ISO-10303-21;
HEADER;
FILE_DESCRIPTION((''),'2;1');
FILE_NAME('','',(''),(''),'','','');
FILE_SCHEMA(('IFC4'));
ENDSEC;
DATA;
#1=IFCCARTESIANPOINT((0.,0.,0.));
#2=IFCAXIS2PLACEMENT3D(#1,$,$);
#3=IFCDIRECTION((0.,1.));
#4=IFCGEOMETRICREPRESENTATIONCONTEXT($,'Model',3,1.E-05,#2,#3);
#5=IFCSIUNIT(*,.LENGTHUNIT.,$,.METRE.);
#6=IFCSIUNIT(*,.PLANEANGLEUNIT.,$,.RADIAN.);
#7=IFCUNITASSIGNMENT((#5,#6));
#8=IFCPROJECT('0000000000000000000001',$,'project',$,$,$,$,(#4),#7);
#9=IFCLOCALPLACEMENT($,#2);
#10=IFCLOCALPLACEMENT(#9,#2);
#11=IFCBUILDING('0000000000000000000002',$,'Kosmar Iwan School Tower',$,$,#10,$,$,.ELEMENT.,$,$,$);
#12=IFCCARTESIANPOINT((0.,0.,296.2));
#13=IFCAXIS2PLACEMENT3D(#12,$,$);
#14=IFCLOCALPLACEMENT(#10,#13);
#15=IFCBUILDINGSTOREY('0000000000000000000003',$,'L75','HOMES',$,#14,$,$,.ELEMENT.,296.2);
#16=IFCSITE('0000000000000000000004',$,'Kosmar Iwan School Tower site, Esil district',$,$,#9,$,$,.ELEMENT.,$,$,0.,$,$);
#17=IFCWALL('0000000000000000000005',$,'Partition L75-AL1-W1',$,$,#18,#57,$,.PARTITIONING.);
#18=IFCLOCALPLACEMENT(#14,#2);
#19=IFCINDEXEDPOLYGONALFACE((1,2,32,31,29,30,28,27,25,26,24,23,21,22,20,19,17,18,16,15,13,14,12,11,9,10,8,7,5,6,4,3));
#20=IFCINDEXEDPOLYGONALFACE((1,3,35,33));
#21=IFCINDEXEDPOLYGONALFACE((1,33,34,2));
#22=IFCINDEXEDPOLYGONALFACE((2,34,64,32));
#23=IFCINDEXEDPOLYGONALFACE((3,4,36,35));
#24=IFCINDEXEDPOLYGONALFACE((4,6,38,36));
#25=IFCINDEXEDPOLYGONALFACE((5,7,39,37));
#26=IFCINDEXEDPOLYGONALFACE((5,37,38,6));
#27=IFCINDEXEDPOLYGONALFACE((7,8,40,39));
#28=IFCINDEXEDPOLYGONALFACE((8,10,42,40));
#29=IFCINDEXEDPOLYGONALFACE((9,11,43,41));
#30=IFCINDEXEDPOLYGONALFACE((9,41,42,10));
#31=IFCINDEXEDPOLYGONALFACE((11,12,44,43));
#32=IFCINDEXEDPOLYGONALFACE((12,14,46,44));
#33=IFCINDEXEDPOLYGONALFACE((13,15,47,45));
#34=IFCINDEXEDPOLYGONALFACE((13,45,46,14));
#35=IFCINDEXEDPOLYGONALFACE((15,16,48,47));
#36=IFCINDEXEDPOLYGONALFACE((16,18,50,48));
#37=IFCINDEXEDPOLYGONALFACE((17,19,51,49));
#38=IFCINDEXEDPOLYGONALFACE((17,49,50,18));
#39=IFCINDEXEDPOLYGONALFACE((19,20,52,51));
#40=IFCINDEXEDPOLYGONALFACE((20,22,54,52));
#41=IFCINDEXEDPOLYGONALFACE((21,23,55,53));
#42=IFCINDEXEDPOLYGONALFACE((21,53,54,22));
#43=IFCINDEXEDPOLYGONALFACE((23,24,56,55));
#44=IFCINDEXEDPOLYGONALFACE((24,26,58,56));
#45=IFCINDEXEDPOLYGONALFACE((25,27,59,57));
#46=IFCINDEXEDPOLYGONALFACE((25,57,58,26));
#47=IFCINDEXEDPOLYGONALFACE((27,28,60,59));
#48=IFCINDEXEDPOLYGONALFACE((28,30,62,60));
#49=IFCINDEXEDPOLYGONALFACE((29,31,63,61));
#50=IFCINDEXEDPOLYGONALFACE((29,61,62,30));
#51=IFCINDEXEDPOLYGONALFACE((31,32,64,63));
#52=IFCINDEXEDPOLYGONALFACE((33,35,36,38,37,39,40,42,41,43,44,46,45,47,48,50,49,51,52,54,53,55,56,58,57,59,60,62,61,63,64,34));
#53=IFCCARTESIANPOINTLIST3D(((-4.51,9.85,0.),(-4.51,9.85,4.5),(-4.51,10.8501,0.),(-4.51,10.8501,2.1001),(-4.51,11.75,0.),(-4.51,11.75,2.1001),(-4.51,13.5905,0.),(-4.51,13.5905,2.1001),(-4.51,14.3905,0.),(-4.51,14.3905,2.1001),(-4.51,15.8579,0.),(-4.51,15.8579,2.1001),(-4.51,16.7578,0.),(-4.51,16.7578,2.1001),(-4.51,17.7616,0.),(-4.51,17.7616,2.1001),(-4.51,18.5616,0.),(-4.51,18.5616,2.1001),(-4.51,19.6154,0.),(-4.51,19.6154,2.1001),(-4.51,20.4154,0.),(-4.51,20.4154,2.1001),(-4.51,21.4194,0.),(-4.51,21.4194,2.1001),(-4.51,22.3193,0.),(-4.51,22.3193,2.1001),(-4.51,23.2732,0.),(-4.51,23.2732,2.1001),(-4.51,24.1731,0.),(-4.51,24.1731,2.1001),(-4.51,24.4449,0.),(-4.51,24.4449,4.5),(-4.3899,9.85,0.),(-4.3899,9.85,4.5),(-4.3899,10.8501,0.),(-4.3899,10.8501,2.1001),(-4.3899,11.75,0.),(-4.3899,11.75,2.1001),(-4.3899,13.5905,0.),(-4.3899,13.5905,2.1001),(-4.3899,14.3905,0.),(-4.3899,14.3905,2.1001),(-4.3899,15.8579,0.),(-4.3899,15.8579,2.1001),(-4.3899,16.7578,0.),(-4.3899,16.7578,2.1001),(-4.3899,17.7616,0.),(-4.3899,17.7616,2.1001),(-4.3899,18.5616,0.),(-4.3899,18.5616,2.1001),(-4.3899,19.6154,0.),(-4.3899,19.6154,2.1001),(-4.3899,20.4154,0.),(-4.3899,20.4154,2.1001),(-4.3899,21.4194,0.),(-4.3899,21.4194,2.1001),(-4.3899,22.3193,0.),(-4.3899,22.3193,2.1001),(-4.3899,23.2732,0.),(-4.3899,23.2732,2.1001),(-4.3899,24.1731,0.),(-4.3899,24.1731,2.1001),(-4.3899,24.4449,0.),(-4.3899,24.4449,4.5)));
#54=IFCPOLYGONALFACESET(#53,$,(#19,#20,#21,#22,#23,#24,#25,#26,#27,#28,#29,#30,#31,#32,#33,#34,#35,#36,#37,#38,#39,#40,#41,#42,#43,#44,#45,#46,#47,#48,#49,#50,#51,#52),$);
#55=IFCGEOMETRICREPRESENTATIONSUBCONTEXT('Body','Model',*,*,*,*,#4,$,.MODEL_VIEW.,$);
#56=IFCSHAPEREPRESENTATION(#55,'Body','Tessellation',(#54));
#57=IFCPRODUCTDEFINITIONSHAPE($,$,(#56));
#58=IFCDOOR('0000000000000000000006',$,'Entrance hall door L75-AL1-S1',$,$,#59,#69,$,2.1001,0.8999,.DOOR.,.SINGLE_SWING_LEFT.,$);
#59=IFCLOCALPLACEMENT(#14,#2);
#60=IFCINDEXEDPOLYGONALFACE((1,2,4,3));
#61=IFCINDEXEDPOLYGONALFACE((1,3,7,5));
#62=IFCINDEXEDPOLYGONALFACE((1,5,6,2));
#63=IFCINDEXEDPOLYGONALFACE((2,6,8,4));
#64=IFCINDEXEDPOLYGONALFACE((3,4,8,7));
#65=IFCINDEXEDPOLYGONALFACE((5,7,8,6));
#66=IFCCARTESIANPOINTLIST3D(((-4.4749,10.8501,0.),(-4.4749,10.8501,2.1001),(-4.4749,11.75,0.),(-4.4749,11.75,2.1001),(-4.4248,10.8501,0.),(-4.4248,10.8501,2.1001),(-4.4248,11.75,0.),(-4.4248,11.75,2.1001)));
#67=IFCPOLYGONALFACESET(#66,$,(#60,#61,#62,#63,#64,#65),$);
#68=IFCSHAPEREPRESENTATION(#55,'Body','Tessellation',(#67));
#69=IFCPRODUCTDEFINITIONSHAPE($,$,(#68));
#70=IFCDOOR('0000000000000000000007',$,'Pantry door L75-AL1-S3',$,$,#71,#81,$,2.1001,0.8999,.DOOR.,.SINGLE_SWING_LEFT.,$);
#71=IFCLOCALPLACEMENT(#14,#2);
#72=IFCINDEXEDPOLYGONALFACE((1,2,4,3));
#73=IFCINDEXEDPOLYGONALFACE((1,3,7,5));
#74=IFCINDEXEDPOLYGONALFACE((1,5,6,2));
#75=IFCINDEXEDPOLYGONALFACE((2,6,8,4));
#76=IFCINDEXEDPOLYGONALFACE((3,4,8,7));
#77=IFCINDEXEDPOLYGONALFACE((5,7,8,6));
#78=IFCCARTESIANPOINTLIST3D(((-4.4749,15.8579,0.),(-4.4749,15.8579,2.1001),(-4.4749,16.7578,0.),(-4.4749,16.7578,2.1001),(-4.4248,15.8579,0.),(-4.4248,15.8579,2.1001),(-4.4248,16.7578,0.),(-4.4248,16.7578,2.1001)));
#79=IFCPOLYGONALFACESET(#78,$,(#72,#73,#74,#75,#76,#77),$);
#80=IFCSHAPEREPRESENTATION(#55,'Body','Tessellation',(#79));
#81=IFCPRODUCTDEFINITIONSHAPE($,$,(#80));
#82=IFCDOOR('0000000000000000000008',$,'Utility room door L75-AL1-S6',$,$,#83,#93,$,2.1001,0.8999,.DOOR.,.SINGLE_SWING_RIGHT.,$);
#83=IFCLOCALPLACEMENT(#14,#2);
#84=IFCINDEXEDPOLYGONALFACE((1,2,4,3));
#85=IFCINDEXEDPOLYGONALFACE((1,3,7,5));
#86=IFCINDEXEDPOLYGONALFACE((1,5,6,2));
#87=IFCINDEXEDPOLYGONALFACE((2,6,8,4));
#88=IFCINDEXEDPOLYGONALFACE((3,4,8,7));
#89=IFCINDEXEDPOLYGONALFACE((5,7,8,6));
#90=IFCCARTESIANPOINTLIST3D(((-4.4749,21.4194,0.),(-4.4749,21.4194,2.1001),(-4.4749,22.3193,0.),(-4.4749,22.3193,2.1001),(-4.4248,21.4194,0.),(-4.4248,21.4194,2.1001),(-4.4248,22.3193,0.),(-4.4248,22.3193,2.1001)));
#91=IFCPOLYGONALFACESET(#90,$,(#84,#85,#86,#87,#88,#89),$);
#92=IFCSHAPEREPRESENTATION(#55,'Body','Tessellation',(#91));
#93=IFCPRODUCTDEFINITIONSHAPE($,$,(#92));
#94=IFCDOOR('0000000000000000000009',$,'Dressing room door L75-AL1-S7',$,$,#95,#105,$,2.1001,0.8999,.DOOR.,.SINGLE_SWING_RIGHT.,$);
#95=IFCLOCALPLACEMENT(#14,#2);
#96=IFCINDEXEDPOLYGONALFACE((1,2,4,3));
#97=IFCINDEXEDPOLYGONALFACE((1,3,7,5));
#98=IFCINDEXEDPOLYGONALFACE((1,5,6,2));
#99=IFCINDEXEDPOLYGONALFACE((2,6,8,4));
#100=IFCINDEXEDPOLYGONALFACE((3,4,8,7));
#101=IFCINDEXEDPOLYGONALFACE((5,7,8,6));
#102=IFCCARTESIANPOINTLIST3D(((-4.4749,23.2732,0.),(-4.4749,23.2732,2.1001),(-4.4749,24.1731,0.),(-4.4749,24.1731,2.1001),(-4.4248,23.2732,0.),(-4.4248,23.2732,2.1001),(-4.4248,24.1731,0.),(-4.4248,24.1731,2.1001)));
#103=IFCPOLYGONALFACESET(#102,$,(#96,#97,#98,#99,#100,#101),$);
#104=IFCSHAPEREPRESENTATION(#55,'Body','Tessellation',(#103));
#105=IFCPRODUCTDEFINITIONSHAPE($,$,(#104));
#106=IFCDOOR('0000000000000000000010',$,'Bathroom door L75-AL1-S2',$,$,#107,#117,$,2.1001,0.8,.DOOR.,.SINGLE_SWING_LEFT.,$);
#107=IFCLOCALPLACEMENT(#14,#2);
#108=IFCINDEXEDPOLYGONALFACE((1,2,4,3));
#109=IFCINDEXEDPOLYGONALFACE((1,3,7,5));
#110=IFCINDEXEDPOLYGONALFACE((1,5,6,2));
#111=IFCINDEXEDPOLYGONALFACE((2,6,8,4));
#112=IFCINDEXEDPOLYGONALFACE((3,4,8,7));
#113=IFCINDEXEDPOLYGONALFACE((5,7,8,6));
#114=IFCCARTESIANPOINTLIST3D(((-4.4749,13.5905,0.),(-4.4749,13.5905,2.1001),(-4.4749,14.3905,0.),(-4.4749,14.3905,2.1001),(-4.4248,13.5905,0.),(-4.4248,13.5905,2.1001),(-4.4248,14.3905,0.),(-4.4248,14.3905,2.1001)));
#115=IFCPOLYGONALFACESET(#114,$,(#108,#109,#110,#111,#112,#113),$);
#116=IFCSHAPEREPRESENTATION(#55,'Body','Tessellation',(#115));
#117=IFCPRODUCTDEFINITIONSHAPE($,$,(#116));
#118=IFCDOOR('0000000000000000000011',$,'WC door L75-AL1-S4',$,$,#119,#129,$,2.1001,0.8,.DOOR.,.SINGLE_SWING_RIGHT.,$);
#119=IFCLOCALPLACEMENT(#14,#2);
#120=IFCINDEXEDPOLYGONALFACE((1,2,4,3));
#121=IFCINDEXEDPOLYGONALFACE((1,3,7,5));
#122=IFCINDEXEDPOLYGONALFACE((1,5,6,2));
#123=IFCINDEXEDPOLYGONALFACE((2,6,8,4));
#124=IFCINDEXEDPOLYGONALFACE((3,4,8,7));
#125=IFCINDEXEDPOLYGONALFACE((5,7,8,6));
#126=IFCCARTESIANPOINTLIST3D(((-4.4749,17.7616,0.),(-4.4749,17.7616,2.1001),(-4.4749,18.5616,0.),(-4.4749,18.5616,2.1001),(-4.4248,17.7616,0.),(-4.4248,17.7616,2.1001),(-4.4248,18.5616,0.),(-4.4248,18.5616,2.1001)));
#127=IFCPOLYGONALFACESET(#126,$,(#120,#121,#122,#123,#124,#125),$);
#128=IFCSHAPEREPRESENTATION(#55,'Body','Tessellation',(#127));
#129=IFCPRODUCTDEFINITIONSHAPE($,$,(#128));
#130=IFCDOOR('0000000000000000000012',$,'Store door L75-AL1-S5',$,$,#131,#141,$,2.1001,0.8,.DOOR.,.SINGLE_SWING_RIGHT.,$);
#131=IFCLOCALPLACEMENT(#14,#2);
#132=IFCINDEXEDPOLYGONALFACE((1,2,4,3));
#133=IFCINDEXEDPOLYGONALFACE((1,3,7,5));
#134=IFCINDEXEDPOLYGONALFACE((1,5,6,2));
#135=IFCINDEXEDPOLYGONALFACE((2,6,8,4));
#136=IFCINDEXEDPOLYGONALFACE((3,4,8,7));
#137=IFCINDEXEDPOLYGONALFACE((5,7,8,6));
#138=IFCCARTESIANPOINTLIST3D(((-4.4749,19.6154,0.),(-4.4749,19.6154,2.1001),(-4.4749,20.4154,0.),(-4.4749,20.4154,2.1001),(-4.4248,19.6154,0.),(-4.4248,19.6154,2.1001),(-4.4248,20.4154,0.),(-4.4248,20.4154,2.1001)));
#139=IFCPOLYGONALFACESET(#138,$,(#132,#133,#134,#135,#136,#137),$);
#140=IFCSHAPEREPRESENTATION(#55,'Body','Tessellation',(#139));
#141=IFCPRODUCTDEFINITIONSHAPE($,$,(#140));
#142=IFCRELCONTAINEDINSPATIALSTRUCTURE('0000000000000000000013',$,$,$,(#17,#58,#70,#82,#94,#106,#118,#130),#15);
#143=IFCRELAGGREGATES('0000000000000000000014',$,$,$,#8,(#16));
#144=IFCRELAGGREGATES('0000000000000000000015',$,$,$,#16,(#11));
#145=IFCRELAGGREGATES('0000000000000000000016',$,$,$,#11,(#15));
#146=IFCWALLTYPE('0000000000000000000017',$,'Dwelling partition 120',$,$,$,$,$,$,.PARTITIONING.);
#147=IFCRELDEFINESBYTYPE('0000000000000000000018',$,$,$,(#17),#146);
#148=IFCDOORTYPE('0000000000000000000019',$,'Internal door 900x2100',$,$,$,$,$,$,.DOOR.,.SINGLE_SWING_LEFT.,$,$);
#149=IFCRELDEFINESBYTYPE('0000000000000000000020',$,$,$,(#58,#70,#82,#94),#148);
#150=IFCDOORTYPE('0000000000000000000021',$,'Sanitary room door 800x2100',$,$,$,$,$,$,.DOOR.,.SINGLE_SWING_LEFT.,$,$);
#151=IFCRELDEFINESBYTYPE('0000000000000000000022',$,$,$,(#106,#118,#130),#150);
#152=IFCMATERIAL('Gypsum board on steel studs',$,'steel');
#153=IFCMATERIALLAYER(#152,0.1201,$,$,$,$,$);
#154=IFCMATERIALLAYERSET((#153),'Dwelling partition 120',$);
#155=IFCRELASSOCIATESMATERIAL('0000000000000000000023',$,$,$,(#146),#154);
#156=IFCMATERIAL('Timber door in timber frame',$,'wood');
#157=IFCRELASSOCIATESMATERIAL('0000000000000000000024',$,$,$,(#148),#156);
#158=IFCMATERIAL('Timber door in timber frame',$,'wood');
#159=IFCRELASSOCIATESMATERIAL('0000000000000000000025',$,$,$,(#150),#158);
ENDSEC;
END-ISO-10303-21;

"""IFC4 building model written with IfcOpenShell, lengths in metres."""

from ifc_helpers import new_model, si_unit, direction, frame, frame_2d, origin, place, context, subcontext, project, spatial, rectangle, extrude, material, layer, layer_set, type_object, element, fill, save


model = new_model("IFC4")

# Units and contexts
model_context = context("Model", 3, precision=1e-05, world=origin(), true_north=direction((0.0, 1.0)))
body_context = subcontext(model_context, "Body", "Model", "MODEL_VIEW")
ifc_project = project(units=[si_unit("LENGTHUNIT", "METRE"), si_unit("PLANEANGLEUNIT", "RADIAN")], contexts=[model_context])

# Site, building, storey
site_placement = place(None, origin())
site = spatial("IfcSite", under=ifc_project, at=site_placement, Name="Kosmar Iwan School Tower site, Esil district", CompositionType="ELEMENT", RefElevation=0.0)
building_placement = place(site_placement, origin())
building = spatial("IfcBuilding", under=site, at=building_placement, Name="Kosmar Iwan School Tower", CompositionType="ELEMENT")
storey_placement = place(building_placement, frame((0.0, 0.0, 296.2)))
storey = spatial("IfcBuildingStorey", under=building, at=storey_placement, Name="L75", Description="HOMES", CompositionType="ELEMENT", Elevation=296.2)

# Wall, openings, doors
ifc_material_1 = material(Name="Gypsum board on steel studs", Category="steel")
ifc_layer_1 = layer(ifc_material_1, 0.1201)
ifc_layer_set_1 = layer_set([ifc_layer_1], Name="Dwelling partition 120")
wall_type_1 = type_object("IfcWallType", Name="Dwelling partition 120", PredefinedType="PARTITIONING", material=ifc_layer_set_1)
wall_1_placement = place(storey_placement, frame((-4.45, 9.8501, 0.0), z_axis=(0.0, 0.0, 1.0), x_axis=(0.0, 1.0, 0.0)))
wall_1 = element("IfcWall", 1, at=wall_1_placement, inside=storey, type_object=wall_type_1, Name="Partition L75-AL1-W1", PredefinedType="PARTITIONING", context=body_context, shape_type="SweptSolid", body=[
    extrude(rectangle(XDim=14.595, YDim=0.1201, at=frame_2d((7.2974, 0.0))), origin(), (0.0, 0.0, 1.0), 4.5),
])
opening_1_placement = place(wall_1_placement, frame((1.0, 0.0, 0.0)))
opening_1 = element("IfcOpeningElement", 2, at=opening_1_placement, cuts=wall_1, PredefinedType="OPENING", context=body_context, shape_type="SweptSolid", body=[
    extrude(rectangle(XDim=0.8999, YDim=2.1001, at=frame_2d((0.45, 1.05))), frame((0.0, 0.072, 0.0), z_axis=(0.0, -1.0, 0.0), x_axis=(1.0, 0.0, 0.0)), (0.0, 0.0, 1.0), 0.144),
])
opening_2_placement = place(wall_1_placement, frame((3.7405, 0.0, 0.0)))
opening_2 = element("IfcOpeningElement", 3, at=opening_2_placement, cuts=wall_1, PredefinedType="OPENING", context=body_context, shape_type="SweptSolid", body=[
    extrude(rectangle(XDim=0.8, YDim=2.1001, at=frame_2d((0.3999, 1.05))), frame((0.0, 0.072, 0.0), z_axis=(0.0, -1.0, 0.0), x_axis=(1.0, 0.0, 0.0)), (0.0, 0.0, 1.0), 0.144),
])
opening_3_placement = place(wall_1_placement, frame((6.0078, 0.0, 0.0)))
opening_3 = element("IfcOpeningElement", 4, at=opening_3_placement, cuts=wall_1, PredefinedType="OPENING", context=body_context, shape_type="SweptSolid", body=[
    extrude(rectangle(XDim=0.8999, YDim=2.1001, at=frame_2d((0.45, 1.05))), frame((0.0, 0.072, 0.0), z_axis=(0.0, -1.0, 0.0), x_axis=(1.0, 0.0, 0.0)), (0.0, 0.0, 1.0), 0.144),
])
opening_4_placement = place(wall_1_placement, frame((7.9116, 0.0, 0.0)))
opening_4 = element("IfcOpeningElement", 5, at=opening_4_placement, cuts=wall_1, PredefinedType="OPENING", context=body_context, shape_type="SweptSolid", body=[
    extrude(rectangle(XDim=0.8, YDim=2.1001, at=frame_2d((0.3999, 1.05))), frame((0.0, 0.072, 0.0), z_axis=(0.0, -1.0, 0.0), x_axis=(1.0, 0.0, 0.0)), (0.0, 0.0, 1.0), 0.144),
])
opening_5_placement = place(wall_1_placement, frame((9.7654, 0.0, 0.0)))
opening_5 = element("IfcOpeningElement", 6, at=opening_5_placement, cuts=wall_1, PredefinedType="OPENING", context=body_context, shape_type="SweptSolid", body=[
    extrude(rectangle(XDim=0.8, YDim=2.1001, at=frame_2d((0.3999, 1.05))), frame((0.0, 0.072, 0.0), z_axis=(0.0, -1.0, 0.0), x_axis=(1.0, 0.0, 0.0)), (0.0, 0.0, 1.0), 0.144),
])
opening_6_placement = place(wall_1_placement, frame((11.5693, 0.0, 0.0)))
opening_6 = element("IfcOpeningElement", 7, at=opening_6_placement, cuts=wall_1, PredefinedType="OPENING", context=body_context, shape_type="SweptSolid", body=[
    extrude(rectangle(XDim=0.8999, YDim=2.1001, at=frame_2d((0.45, 1.05))), frame((0.0, 0.072, 0.0), z_axis=(0.0, -1.0, 0.0), x_axis=(1.0, 0.0, 0.0)), (0.0, 0.0, 1.0), 0.144),
])
opening_7_placement = place(wall_1_placement, frame((13.4231, 0.0, 0.0)))
opening_7 = element("IfcOpeningElement", 8, at=opening_7_placement, cuts=wall_1, PredefinedType="OPENING", context=body_context, shape_type="SweptSolid", body=[
    extrude(rectangle(XDim=0.8999, YDim=2.1001, at=frame_2d((0.45, 1.05))), frame((0.0, 0.072, 0.0), z_axis=(0.0, -1.0, 0.0), x_axis=(1.0, 0.0, 0.0)), (0.0, 0.0, 1.0), 0.144),
])
ifc_material_2 = material(Name="Timber door in timber frame", Category="wood")
door_type_1 = type_object("IfcDoorType", Name="Internal door 900x2100", OperationType="SINGLE_SWING_LEFT", PredefinedType="DOOR", material=ifc_material_2)
door_1_placement = place(opening_1_placement, origin())
door_1 = element("IfcDoor", 9, at=door_1_placement, inside=storey, type_object=door_type_1, Name="Entrance hall door L75-AL1-S1", OperationType="SINGLE_SWING_LEFT", OverallHeight=2.1001, OverallWidth=0.8999, PredefinedType="DOOR", context=body_context, shape_type="SweptSolid", body=[
    extrude(rectangle(XDim=0.8999, YDim=2.1001, at=frame_2d((0.45, 1.05))), frame((0.0, 0.0249, 0.0), z_axis=(0.0, -1.0, 0.0), x_axis=(1.0, 0.0, 0.0)), (0.0, 0.0, 1.0), 0.05),
])
fill(opening_1, door_1)
door_2_placement = place(opening_3_placement, origin())
door_2 = element("IfcDoor", 10, at=door_2_placement, inside=storey, type_object=door_type_1, Name="Pantry door L75-AL1-S3", OperationType="SINGLE_SWING_LEFT", OverallHeight=2.1001, OverallWidth=0.8999, PredefinedType="DOOR", context=body_context, shape_type="SweptSolid", body=[
    extrude(rectangle(XDim=0.8999, YDim=2.1001, at=frame_2d((0.45, 1.05))), frame((0.0, 0.0249, 0.0), z_axis=(0.0, -1.0, 0.0), x_axis=(1.0, 0.0, 0.0)), (0.0, 0.0, 1.0), 0.05),
])
fill(opening_3, door_2)
door_3_placement = place(opening_6_placement, origin())
door_3 = element("IfcDoor", 11, at=door_3_placement, inside=storey, type_object=door_type_1, Name="Utility room door L75-AL1-S6", OperationType="SINGLE_SWING_RIGHT", OverallHeight=2.1001, OverallWidth=0.8999, PredefinedType="DOOR", context=body_context, shape_type="SweptSolid", body=[
    extrude(rectangle(XDim=0.8999, YDim=2.1001, at=frame_2d((0.45, 1.05))), frame((0.0, 0.0249, 0.0), z_axis=(0.0, -1.0, 0.0), x_axis=(1.0, 0.0, 0.0)), (0.0, 0.0, 1.0), 0.05),
])
fill(opening_6, door_3)
door_4_placement = place(opening_7_placement, origin())
door_4 = element("IfcDoor", 12, at=door_4_placement, inside=storey, type_object=door_type_1, Name="Dressing room door L75-AL1-S7", OperationType="SINGLE_SWING_RIGHT", OverallHeight=2.1001, OverallWidth=0.8999, PredefinedType="DOOR", context=body_context, shape_type="SweptSolid", body=[
    extrude(rectangle(XDim=0.8999, YDim=2.1001, at=frame_2d((0.45, 1.05))), frame((0.0, 0.0249, 0.0), z_axis=(0.0, -1.0, 0.0), x_axis=(1.0, 0.0, 0.0)), (0.0, 0.0, 1.0), 0.05),
])
fill(opening_7, door_4)
ifc_material_3 = material(Name="Timber door in timber frame", Category="wood")
door_type_2 = type_object("IfcDoorType", Name="Sanitary room door 800x2100", OperationType="SINGLE_SWING_LEFT", PredefinedType="DOOR", material=ifc_material_3)
door_5_placement = place(opening_2_placement, origin())
door_5 = element("IfcDoor", 13, at=door_5_placement, inside=storey, type_object=door_type_2, Name="Bathroom door L75-AL1-S2", OperationType="SINGLE_SWING_LEFT", OverallHeight=2.1001, OverallWidth=0.8, PredefinedType="DOOR", context=body_context, shape_type="SweptSolid", body=[
    extrude(rectangle(XDim=0.8, YDim=2.1001, at=frame_2d((0.3999, 1.05))), frame((0.0, 0.0249, 0.0), z_axis=(0.0, -1.0, 0.0), x_axis=(1.0, 0.0, 0.0)), (0.0, 0.0, 1.0), 0.05),
])
fill(opening_2, door_5)
door_6_placement = place(opening_4_placement, origin())
door_6 = element("IfcDoor", 14, at=door_6_placement, inside=storey, type_object=door_type_2, Name="WC door L75-AL1-S4", OperationType="SINGLE_SWING_RIGHT", OverallHeight=2.1001, OverallWidth=0.8, PredefinedType="DOOR", context=body_context, shape_type="SweptSolid", body=[
    extrude(rectangle(XDim=0.8, YDim=2.1001, at=frame_2d((0.3999, 1.05))), frame((0.0, 0.0249, 0.0), z_axis=(0.0, -1.0, 0.0), x_axis=(1.0, 0.0, 0.0)), (0.0, 0.0, 1.0), 0.05),
])
fill(opening_4, door_6)
door_7_placement = place(opening_5_placement, origin())
door_7 = element("IfcDoor", 15, at=door_7_placement, inside=storey, type_object=door_type_2, Name="Store door L75-AL1-S5", OperationType="SINGLE_SWING_RIGHT", OverallHeight=2.1001, OverallWidth=0.8, PredefinedType="DOOR", context=body_context, shape_type="SweptSolid", body=[
    extrude(rectangle(XDim=0.8, YDim=2.1001, at=frame_2d((0.3999, 1.05))), frame((0.0, 0.0249, 0.0), z_axis=(0.0, -1.0, 0.0), x_axis=(1.0, 0.0, 0.0)), (0.0, 0.0, 1.0), 0.05),
])
fill(opening_5, door_7)

save(model, "model.ifc")
